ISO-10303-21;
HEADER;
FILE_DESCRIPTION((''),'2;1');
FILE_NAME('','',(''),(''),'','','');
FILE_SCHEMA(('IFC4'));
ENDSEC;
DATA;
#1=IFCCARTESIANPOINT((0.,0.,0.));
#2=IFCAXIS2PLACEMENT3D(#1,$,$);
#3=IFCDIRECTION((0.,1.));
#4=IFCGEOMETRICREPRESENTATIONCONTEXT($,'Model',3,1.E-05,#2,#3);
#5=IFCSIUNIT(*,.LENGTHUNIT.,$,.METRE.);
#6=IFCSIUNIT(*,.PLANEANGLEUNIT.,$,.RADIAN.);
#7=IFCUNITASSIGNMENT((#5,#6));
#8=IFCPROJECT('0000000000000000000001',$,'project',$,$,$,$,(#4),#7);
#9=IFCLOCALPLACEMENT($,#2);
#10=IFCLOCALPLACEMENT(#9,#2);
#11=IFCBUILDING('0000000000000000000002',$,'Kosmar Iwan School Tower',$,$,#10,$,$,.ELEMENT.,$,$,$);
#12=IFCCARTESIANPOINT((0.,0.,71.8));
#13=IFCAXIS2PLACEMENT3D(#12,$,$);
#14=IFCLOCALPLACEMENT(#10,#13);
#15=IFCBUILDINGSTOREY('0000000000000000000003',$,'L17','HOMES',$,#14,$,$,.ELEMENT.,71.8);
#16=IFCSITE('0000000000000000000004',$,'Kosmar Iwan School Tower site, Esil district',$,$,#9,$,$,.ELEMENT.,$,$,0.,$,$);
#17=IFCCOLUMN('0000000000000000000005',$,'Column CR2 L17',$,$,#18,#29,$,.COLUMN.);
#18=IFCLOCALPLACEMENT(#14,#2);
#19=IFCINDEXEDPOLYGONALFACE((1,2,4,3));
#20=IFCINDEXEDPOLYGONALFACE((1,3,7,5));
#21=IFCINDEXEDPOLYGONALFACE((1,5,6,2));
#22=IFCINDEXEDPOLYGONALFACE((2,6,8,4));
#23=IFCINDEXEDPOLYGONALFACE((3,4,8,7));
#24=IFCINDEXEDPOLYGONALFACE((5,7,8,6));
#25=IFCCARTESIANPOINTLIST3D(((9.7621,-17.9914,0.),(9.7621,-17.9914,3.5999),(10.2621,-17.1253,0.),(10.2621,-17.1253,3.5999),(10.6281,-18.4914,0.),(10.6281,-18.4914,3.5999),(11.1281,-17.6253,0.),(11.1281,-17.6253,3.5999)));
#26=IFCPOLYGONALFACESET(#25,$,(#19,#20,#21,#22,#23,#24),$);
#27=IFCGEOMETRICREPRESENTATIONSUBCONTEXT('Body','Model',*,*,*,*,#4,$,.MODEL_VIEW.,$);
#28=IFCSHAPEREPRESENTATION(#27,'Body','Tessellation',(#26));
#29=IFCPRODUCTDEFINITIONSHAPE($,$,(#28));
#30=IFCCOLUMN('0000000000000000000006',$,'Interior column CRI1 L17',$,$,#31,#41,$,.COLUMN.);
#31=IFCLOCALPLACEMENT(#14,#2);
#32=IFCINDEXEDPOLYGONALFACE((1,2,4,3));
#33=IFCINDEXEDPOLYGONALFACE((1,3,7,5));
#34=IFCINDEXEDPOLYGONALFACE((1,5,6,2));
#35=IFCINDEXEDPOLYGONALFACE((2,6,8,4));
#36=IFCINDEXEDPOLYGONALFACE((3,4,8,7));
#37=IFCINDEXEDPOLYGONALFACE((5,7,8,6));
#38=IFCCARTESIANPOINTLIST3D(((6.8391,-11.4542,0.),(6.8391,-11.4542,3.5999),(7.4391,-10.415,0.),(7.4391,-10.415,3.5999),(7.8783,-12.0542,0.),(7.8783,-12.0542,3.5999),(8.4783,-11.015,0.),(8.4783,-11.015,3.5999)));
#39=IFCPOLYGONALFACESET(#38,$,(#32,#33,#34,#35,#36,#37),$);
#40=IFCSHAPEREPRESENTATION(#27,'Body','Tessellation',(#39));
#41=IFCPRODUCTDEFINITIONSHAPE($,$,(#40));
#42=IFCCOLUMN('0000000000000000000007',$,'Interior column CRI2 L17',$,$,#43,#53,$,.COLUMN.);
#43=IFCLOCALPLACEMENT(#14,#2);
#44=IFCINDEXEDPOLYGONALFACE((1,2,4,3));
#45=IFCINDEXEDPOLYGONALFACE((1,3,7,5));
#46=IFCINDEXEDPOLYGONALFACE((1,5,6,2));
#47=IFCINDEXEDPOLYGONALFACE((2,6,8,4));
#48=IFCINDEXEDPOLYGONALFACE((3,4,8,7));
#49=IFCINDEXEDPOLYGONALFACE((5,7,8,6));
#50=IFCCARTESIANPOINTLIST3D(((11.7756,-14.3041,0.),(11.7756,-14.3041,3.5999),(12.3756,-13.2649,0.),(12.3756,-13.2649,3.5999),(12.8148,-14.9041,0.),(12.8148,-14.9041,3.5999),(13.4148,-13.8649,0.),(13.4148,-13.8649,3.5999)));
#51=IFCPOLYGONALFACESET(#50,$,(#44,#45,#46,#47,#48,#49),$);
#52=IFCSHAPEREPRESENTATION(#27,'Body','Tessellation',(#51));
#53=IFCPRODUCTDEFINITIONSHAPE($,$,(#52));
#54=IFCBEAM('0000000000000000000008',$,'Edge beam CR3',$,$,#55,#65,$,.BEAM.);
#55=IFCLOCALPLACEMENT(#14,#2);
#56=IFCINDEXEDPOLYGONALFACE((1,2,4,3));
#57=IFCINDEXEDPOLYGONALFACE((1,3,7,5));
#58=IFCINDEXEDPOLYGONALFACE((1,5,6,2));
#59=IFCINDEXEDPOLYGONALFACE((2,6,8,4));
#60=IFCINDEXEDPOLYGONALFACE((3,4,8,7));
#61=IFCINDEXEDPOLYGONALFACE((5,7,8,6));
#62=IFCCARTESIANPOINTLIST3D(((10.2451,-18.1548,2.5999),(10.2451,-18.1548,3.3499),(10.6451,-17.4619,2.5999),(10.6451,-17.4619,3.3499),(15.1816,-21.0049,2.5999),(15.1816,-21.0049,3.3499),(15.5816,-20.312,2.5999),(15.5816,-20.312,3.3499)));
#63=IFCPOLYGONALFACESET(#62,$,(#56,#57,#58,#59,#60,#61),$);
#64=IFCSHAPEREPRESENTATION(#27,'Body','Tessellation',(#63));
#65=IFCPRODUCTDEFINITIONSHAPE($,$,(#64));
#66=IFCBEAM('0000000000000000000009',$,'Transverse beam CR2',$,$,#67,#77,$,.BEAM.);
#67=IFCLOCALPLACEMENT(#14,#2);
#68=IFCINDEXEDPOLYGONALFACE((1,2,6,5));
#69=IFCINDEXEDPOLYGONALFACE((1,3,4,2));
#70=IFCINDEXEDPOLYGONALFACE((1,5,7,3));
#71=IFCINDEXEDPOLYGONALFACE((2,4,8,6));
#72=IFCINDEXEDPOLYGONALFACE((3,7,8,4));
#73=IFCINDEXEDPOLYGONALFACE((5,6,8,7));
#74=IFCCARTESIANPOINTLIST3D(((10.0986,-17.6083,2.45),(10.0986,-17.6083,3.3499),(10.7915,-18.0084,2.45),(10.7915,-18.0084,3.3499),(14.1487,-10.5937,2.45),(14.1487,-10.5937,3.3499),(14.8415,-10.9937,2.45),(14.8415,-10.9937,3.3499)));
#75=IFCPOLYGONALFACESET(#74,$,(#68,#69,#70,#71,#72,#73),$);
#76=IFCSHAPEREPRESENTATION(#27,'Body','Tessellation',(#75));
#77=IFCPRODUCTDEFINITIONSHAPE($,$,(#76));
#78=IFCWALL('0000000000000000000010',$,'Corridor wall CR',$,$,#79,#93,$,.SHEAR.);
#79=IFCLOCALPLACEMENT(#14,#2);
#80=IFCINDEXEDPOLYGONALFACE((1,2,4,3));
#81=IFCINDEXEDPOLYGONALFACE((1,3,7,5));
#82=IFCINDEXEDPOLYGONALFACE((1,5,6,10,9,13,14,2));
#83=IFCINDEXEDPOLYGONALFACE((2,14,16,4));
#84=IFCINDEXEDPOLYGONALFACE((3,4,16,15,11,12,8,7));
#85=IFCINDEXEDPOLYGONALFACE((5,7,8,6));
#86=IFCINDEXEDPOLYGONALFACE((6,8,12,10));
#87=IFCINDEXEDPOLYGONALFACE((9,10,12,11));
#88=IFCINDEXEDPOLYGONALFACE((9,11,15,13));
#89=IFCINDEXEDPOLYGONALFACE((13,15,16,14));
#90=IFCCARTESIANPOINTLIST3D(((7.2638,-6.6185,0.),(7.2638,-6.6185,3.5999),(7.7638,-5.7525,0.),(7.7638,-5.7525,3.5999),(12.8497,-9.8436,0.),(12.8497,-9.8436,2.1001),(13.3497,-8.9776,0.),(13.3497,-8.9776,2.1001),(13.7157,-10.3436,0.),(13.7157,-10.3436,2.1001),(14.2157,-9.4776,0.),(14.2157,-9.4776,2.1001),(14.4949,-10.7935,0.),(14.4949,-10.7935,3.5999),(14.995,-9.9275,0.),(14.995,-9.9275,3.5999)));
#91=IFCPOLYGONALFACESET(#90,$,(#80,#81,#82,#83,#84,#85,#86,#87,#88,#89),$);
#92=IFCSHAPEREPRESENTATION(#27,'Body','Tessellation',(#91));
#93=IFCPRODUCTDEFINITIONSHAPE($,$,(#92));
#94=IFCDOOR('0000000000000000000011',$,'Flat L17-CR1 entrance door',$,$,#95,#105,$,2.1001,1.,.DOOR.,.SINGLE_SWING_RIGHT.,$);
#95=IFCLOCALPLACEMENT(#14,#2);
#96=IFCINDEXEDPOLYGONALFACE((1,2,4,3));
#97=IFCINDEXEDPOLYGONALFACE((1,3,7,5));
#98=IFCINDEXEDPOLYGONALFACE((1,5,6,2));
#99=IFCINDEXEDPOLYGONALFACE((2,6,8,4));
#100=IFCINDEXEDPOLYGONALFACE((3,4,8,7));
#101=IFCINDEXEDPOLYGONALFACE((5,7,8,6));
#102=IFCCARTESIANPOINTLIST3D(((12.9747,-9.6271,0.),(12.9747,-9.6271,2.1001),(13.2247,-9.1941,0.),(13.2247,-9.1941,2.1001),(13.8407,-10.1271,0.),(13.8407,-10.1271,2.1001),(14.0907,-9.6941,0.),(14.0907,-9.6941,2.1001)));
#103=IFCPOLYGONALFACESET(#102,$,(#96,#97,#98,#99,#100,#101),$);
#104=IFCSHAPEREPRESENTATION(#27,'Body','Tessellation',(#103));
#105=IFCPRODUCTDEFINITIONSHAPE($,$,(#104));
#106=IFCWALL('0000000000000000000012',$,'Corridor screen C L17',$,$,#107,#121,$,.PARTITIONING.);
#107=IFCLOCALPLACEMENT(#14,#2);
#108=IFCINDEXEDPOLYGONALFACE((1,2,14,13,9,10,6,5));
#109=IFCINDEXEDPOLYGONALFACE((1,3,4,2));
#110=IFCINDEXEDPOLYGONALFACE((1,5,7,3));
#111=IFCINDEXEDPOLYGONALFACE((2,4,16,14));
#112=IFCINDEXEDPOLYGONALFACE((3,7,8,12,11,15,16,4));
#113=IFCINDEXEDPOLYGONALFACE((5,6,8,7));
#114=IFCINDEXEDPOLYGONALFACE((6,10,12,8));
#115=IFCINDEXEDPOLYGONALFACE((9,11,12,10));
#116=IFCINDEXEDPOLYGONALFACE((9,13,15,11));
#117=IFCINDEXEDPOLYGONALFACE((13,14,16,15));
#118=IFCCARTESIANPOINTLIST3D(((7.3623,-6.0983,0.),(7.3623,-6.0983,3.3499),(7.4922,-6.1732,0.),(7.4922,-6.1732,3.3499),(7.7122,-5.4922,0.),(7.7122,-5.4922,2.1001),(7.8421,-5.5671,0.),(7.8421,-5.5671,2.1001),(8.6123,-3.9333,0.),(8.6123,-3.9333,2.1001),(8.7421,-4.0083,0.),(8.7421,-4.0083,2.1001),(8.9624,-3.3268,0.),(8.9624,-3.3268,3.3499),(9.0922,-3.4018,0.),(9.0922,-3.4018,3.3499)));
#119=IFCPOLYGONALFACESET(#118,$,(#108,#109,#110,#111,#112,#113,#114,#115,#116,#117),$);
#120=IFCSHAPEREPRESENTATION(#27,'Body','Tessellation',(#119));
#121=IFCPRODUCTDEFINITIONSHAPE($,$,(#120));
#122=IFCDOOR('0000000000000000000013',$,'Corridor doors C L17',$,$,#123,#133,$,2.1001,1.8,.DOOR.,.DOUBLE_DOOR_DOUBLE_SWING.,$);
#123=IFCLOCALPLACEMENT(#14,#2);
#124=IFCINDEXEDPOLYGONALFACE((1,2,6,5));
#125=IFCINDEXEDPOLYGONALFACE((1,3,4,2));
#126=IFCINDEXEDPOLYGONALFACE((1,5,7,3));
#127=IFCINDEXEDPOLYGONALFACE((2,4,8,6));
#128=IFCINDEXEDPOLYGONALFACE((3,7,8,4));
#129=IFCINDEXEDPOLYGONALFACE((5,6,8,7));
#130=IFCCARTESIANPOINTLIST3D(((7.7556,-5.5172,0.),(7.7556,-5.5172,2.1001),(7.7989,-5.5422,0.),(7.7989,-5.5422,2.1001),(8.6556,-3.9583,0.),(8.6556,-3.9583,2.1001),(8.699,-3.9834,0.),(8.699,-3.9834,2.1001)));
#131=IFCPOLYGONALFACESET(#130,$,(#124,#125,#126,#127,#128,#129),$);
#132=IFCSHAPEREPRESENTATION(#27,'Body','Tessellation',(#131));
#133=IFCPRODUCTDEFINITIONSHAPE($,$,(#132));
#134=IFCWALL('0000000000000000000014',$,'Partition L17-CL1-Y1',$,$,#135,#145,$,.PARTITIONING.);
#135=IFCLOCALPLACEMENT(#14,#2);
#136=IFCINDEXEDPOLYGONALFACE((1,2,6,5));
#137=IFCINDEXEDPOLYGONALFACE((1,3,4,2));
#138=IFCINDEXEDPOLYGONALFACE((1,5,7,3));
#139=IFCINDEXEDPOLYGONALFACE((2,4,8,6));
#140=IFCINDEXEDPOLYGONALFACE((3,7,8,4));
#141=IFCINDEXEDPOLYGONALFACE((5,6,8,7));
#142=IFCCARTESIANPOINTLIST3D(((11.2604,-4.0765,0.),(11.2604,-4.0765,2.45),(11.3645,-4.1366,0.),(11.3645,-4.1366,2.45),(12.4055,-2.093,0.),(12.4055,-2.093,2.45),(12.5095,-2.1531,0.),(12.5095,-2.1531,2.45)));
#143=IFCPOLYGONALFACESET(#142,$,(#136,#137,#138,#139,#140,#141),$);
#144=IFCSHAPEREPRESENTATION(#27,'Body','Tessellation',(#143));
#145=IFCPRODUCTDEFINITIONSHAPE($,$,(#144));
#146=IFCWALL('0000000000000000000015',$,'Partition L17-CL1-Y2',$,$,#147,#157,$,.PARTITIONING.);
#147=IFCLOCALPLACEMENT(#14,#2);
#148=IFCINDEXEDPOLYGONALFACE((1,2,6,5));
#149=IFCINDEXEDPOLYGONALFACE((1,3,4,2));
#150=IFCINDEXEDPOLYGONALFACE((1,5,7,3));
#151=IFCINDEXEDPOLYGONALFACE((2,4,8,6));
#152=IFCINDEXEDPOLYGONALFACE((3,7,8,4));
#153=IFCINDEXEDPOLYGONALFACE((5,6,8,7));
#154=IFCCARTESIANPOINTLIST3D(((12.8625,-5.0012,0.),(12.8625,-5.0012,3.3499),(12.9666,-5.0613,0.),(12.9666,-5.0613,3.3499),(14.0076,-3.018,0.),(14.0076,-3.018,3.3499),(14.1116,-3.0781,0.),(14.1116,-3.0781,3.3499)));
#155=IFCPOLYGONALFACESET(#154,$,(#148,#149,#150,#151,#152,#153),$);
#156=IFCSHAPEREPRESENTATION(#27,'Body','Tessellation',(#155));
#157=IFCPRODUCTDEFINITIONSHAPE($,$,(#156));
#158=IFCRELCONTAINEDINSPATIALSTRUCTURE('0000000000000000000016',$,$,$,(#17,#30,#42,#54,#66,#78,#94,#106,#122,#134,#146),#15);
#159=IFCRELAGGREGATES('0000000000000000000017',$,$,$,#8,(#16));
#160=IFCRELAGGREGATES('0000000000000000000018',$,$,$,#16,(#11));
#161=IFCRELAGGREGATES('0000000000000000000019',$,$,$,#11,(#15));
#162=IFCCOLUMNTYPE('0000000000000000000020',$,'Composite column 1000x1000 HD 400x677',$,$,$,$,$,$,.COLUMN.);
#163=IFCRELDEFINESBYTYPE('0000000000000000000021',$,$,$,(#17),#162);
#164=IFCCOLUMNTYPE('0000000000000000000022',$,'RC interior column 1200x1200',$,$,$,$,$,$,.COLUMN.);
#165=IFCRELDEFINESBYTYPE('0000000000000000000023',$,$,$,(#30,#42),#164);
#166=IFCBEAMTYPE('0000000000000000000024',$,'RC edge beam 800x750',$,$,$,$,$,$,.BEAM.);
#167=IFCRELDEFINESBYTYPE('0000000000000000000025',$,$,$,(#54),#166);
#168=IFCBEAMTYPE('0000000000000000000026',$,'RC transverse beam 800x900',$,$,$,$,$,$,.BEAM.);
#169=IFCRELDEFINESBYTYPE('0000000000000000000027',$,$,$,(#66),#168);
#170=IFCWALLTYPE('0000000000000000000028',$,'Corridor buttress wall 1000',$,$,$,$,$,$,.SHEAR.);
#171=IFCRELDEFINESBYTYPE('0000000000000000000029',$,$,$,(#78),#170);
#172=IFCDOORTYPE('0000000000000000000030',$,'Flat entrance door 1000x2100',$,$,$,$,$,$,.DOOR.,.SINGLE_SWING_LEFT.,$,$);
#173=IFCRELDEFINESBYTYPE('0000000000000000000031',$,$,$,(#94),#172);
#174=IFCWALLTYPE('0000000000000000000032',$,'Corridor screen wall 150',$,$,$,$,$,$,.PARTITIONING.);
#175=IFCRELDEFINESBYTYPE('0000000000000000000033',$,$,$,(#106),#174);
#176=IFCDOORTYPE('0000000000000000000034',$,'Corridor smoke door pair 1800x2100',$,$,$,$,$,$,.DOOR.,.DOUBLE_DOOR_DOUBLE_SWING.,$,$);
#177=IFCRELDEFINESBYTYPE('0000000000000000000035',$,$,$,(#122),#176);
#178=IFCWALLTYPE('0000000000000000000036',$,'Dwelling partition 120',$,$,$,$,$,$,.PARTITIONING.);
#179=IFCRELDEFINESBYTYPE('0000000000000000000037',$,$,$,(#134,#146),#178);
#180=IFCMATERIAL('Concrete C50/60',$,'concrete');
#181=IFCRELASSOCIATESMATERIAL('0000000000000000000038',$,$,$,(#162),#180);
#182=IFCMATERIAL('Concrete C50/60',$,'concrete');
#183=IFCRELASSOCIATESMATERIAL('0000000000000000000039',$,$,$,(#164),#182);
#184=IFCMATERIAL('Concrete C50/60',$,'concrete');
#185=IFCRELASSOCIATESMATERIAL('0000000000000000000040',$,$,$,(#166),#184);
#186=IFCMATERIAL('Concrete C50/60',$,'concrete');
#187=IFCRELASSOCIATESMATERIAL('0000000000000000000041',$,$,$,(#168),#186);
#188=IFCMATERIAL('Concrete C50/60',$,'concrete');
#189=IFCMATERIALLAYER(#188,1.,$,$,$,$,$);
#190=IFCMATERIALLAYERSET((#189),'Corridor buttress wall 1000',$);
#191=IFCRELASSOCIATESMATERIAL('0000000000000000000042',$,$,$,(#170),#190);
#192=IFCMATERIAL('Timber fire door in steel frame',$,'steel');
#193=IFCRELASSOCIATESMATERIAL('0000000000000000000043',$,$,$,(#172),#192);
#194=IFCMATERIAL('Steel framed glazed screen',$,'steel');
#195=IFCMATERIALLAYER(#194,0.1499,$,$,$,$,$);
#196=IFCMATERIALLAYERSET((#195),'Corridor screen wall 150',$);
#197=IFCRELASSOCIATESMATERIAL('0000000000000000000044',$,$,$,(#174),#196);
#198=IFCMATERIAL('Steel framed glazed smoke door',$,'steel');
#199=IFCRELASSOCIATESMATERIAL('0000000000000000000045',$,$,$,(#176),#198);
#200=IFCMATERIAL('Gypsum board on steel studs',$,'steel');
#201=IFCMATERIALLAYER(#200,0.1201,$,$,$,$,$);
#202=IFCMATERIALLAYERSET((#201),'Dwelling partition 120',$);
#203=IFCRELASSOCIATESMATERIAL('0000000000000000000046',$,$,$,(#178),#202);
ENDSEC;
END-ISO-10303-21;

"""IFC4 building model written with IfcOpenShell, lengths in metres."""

from ifc_helpers import new_model, si_unit, direction, frame, frame_2d, origin, origin_2d, place, context, subcontext, project, spatial, rectangle, extrude, material, layer, layer_set, material_profile, profile_set, type_object, element, fill, save


model = new_model("IFC4")

# Units and contexts
model_context = context("Model", 3, precision=1e-05, world=origin(), true_north=direction((0.0, 1.0)))
body_context = subcontext(model_context, "Body", "Model", "MODEL_VIEW")
ifc_project = project(units=[si_unit("LENGTHUNIT", "METRE"), si_unit("PLANEANGLEUNIT", "RADIAN")], contexts=[model_context])

# Site, building, storey
site_placement = place(None, origin())
site = spatial("IfcSite", under=ifc_project, at=site_placement, Name="Kosmar Iwan School Tower site, Esil district", CompositionType="ELEMENT", RefElevation=0.0)
building_placement = place(site_placement, origin())
building = spatial("IfcBuilding", under=site, at=building_placement, Name="Kosmar Iwan School Tower", CompositionType="ELEMENT")
storey_placement = place(building_placement, frame((0.0, 0.0, 71.8)))
storey = spatial("IfcBuildingStorey", under=building, at=storey_placement, Name="L17", Description="HOMES", CompositionType="ELEMENT", Elevation=71.8)

# Columns
ifc_material_1 = material(Name="Concrete C50/60", Category="concrete")
ifc_material_profile_1 = material_profile(ifc_material_1, rectangle(XDim=1.0, YDim=1.0, at=origin_2d()), Name="RC 1000x1000 + HD 400x677")
ifc_profile_set_1 = profile_set([ifc_material_profile_1], Name="Concrete C50/60")
column_type_1 = type_object("IfcColumnType", Name="Composite column 1000x1000 HD 400x677", PredefinedType="COLUMN", material=ifc_profile_set_1)
column_placement = place(storey_placement, frame((10.4451, -17.8083, 0.0), z_axis=(0.0, 0.0, 1.0), x_axis=(0.866025, -0.5, 0.0)))
element("IfcColumn", 1, at=column_placement, inside=storey, type_object=column_type_1, Name="Column CR2 L17", PredefinedType="COLUMN", context=body_context, shape_type="SweptSolid", body=[
    extrude(rectangle(XDim=1.0, YDim=1.0, at=origin_2d()), origin(), (0.0, 0.0, 1.0), 3.5999),
])
ifc_material_2 = material(Name="Concrete C50/60", Category="concrete")
ifc_material_profile_2 = material_profile(ifc_material_2, rectangle(XDim=1.2, YDim=1.2, at=origin_2d()), Name="RC 1200x1200")
ifc_profile_set_2 = profile_set([ifc_material_profile_2], Name="Concrete C50/60")
column_type_2 = type_object("IfcColumnType", Name="RC interior column 1200x1200", PredefinedType="COLUMN", material=ifc_profile_set_2)
for number, where, z_axis, x_axis, name in (
    (2, (7.6587, -11.2346, 0.0), (0.0, 0.0, 1.0), (0.866025, -0.5, 0.0), "Interior column CRI1 L17"),
    (3, (12.5952, -14.0845, 0.0), (0.0, 0.0, 1.0), (0.866025, -0.5, 0.0), "Interior column CRI2 L17"),
):
    element("IfcColumn", number, at=place(storey_placement, frame(where, z_axis=z_axis, x_axis=x_axis)), inside=storey, type_object=column_type_2, Name=name, PredefinedType="COLUMN", context=body_context, shape_type="SweptSolid", body=[
        extrude(rectangle(XDim=1.2, YDim=1.2, at=origin_2d()), origin(), (0.0, 0.0, 1.0), 3.5999),
    ])

# Beams
ifc_material_3 = material(Name="Concrete C50/60", Category="concrete")
ifc_material_profile_3 = material_profile(ifc_material_3, rectangle(XDim=0.8, YDim=0.75, at=origin_2d()), Name="RC 800x750")
ifc_profile_set_3 = profile_set([ifc_material_profile_3], Name="Concrete C50/60")
beam_type_1 = type_object("IfcBeamType", Name="RC edge beam 800x750", PredefinedType="BEAM", material=ifc_profile_set_3)
beam_1_placement = place(storey_placement, frame((10.4451, -17.8083, 2.9749), z_axis=(0.866026, -0.499999, 0.0), x_axis=(0.499999, 0.866026, 0.0)))
element("IfcBeam", 4, at=beam_1_placement, inside=storey, type_object=beam_type_1, Name="Edge beam CR3", PredefinedType="BEAM", context=body_context, shape_type="SweptSolid", body=[
    extrude(rectangle(XDim=0.8, YDim=0.75, at=origin_2d()), origin(), (0.0, 0.0, 1.0), 5.7002),
])
ifc_material_4 = material(Name="Concrete C50/60", Category="concrete")
ifc_material_profile_4 = material_profile(ifc_material_4, rectangle(XDim=0.8, YDim=0.8999, at=origin_2d()), Name="RC 800x900")
ifc_profile_set_4 = profile_set([ifc_material_profile_4], Name="Concrete C50/60")
beam_type_2 = type_object("IfcBeamType", Name="RC transverse beam 800x900", PredefinedType="BEAM", material=ifc_profile_set_4)
beam_2_placement = place(storey_placement, frame((10.4451, -17.8083, 2.8999), z_axis=(0.500013, 0.866018, 0.0), x_axis=(-0.866018, 0.500013, 0.0)))
element("IfcBeam", 5, at=beam_2_placement, inside=storey, type_object=beam_type_2, Name="Transverse beam CR2", PredefinedType="BEAM", context=body_context, shape_type="SweptSolid", body=[
    extrude(rectangle(XDim=0.8, YDim=0.8999, at=origin_2d()), origin(), (0.0, 0.0, 1.0), 8.0999),
])

# Walls, openings, doors
ifc_material_5 = material(Name="Concrete C50/60", Category="concrete")
ifc_layer_1 = layer(ifc_material_5, 1.0)
ifc_layer_set_1 = layer_set([ifc_layer_1], Name="Corridor buttress wall 1000")
wall_type_1 = type_object("IfcWallType", Name="Corridor buttress wall 1000", PredefinedType="SHEAR", material=ifc_layer_set_1)
wall_1_placement = place(storey_placement, frame((7.5139, -6.1855, 0.0), z_axis=(0.0, 0.0, 1.0), x_axis=(0.86602, -0.50001, 0.0)))
wall_1 = element("IfcWall", 6, at=wall_1_placement, inside=storey, type_object=wall_type_1, Name="Corridor wall CR", PredefinedType="SHEAR", context=body_context, shape_type="SweptSolid", body=[
    extrude(rectangle(XDim=8.3499, YDim=1.0, at=frame_2d((4.1748, 0.0))), origin(), (0.0, 0.0, 1.0), 3.5999),
])
opening_1_placement = place(wall_1_placement, frame((6.45, 0.0, 0.0)))
opening_1 = element("IfcOpeningElement", 7, at=opening_1_placement, cuts=wall_1, PredefinedType="OPENING", context=body_context, shape_type="SweptSolid", body=[
    extrude(rectangle(XDim=1.0, YDim=2.1001, at=frame_2d((0.5, 1.05))), frame((0.0, 0.512, 0.0), z_axis=(0.0, -1.0, 0.0), x_axis=(1.0, 0.0, 0.0)), (0.0, 0.0, 1.0), 1.0239),
])
ifc_material_6 = material(Name="Timber fire door in steel frame", Category="steel")
door_type_1 = type_object("IfcDoorType", Name="Flat entrance door 1000x2100", OperationType="SINGLE_SWING_LEFT", PredefinedType="DOOR", material=ifc_material_6)
door_1_placement = place(opening_1_placement, origin())
door_1 = element("IfcDoor", 8, at=door_1_placement, inside=storey, type_object=door_type_1, Name="Flat L17-CR1 entrance door", OperationType="SINGLE_SWING_RIGHT", OverallHeight=2.1001, OverallWidth=1.0, PredefinedType="DOOR", context=body_context, shape_type="SweptSolid", body=[
    extrude(rectangle(XDim=1.0, YDim=2.1001, at=frame_2d((0.5, 1.05))), frame((0.0, 0.25, 0.0), z_axis=(0.0, -1.0, 0.0), x_axis=(1.0, 0.0, 0.0)), (0.0, 0.0, 1.0), 0.5),
])
fill(opening_1, door_1)
ifc_material_7 = material(Name="Steel framed glazed screen", Category="steel")
ifc_layer_2 = layer(ifc_material_7, 0.1499)
ifc_layer_set_2 = layer_set([ifc_layer_2], Name="Corridor screen wall 150")
wall_type_2 = type_object("IfcWallType", Name="Corridor screen wall 150", PredefinedType="PARTITIONING", material=ifc_layer_set_2)
wall_2_placement = place(storey_placement, frame((7.4272, -6.1357, 0.0), z_axis=(0.0, 0.0, 1.0), x_axis=(0.499995, 0.866028, 0.0)))
wall_2 = element("IfcWall", 9, at=wall_2_placement, inside=storey, type_object=wall_type_2, Name="Corridor screen C L17", PredefinedType="PARTITIONING", context=body_context, shape_type="SweptSolid", body=[
    extrude(rectangle(XDim=3.2002, YDim=0.1499, at=frame_2d((1.6001, 0.0))), origin(), (0.0, 0.0, 1.0), 3.3499),
])
opening_2_placement = place(wall_2_placement, frame((0.7, 0.0, 0.0)))
opening_2 = element("IfcOpeningElement", 10, at=opening_2_placement, cuts=wall_2, PredefinedType="OPENING", context=body_context, shape_type="SweptSolid", body=[
    extrude(rectangle(XDim=1.8, YDim=2.1001, at=frame_2d((0.8999, 1.05))), frame((0.0, 0.0869, 0.0), z_axis=(0.0, -1.0, 0.0), x_axis=(1.0, 0.0, 0.0)), (0.0, 0.0, 1.0), 0.1738),
])
ifc_material_8 = material(Name="Steel framed glazed smoke door", Category="steel")
door_type_2 = type_object("IfcDoorType", Name="Corridor smoke door pair 1800x2100", OperationType="DOUBLE_DOOR_DOUBLE_SWING", PredefinedType="DOOR", material=ifc_material_8)
door_2_placement = place(opening_2_placement, origin())
door_2 = element("IfcDoor", 11, at=door_2_placement, inside=storey, type_object=door_type_2, Name="Corridor doors C L17", OperationType="DOUBLE_DOOR_DOUBLE_SWING", OverallHeight=2.1001, OverallWidth=1.8, PredefinedType="DOOR", context=body_context, shape_type="SweptSolid", body=[
    extrude(rectangle(XDim=1.8, YDim=2.1001, at=frame_2d((0.8999, 1.05))), frame((0.0, 0.0249, 0.0), z_axis=(0.0, -1.0, 0.0), x_axis=(1.0, 0.0, 0.0)), (0.0, 0.0, 1.0), 0.05),
])
fill(opening_2, door_2)

# Walls
ifc_material_9 = material(Name="Gypsum board on steel studs", Category="steel")
ifc_layer_3 = layer(ifc_material_9, 0.1201)
ifc_layer_set_3 = layer_set([ifc_layer_3], Name="Dwelling partition 120")
wall_type_3 = type_object("IfcWallType", Name="Dwelling partition 120", PredefinedType="PARTITIONING", material=ifc_layer_set_3)
wall_3_placement = place(storey_placement, frame((11.3125, -4.1064, 0.0), z_axis=(0.0, 0.0, 1.0), x_axis=(0.499969, 0.866044, 0.0)))
element("IfcWall", 12, at=wall_3_placement, inside=storey, type_object=wall_type_3, Name="Partition L17-CL1-Y1", PredefinedType="PARTITIONING", context=body_context, shape_type="SweptSolid", body=[
    extrude(rectangle(XDim=2.2903, YDim=0.1201, at=frame_2d((1.145, 0.0))), origin(), (0.0, 0.0, 1.0), 2.45),
])
wall_4_placement = place(storey_placement, frame((12.9146, -5.0312, 0.0), z_axis=(0.0, 0.0, 1.0), x_axis=(0.500015, 0.866017, 0.0)))
element("IfcWall", 13, at=wall_4_placement, inside=storey, type_object=wall_type_3, Name="Partition L17-CL1-Y2", PredefinedType="PARTITIONING", context=body_context, shape_type="SweptSolid", body=[
    extrude(rectangle(XDim=2.29, YDim=0.1201, at=frame_2d((1.145, 0.0))), origin(), (0.0, 0.0, 1.0), 3.3499),
])

save(model, "model.ifc")
